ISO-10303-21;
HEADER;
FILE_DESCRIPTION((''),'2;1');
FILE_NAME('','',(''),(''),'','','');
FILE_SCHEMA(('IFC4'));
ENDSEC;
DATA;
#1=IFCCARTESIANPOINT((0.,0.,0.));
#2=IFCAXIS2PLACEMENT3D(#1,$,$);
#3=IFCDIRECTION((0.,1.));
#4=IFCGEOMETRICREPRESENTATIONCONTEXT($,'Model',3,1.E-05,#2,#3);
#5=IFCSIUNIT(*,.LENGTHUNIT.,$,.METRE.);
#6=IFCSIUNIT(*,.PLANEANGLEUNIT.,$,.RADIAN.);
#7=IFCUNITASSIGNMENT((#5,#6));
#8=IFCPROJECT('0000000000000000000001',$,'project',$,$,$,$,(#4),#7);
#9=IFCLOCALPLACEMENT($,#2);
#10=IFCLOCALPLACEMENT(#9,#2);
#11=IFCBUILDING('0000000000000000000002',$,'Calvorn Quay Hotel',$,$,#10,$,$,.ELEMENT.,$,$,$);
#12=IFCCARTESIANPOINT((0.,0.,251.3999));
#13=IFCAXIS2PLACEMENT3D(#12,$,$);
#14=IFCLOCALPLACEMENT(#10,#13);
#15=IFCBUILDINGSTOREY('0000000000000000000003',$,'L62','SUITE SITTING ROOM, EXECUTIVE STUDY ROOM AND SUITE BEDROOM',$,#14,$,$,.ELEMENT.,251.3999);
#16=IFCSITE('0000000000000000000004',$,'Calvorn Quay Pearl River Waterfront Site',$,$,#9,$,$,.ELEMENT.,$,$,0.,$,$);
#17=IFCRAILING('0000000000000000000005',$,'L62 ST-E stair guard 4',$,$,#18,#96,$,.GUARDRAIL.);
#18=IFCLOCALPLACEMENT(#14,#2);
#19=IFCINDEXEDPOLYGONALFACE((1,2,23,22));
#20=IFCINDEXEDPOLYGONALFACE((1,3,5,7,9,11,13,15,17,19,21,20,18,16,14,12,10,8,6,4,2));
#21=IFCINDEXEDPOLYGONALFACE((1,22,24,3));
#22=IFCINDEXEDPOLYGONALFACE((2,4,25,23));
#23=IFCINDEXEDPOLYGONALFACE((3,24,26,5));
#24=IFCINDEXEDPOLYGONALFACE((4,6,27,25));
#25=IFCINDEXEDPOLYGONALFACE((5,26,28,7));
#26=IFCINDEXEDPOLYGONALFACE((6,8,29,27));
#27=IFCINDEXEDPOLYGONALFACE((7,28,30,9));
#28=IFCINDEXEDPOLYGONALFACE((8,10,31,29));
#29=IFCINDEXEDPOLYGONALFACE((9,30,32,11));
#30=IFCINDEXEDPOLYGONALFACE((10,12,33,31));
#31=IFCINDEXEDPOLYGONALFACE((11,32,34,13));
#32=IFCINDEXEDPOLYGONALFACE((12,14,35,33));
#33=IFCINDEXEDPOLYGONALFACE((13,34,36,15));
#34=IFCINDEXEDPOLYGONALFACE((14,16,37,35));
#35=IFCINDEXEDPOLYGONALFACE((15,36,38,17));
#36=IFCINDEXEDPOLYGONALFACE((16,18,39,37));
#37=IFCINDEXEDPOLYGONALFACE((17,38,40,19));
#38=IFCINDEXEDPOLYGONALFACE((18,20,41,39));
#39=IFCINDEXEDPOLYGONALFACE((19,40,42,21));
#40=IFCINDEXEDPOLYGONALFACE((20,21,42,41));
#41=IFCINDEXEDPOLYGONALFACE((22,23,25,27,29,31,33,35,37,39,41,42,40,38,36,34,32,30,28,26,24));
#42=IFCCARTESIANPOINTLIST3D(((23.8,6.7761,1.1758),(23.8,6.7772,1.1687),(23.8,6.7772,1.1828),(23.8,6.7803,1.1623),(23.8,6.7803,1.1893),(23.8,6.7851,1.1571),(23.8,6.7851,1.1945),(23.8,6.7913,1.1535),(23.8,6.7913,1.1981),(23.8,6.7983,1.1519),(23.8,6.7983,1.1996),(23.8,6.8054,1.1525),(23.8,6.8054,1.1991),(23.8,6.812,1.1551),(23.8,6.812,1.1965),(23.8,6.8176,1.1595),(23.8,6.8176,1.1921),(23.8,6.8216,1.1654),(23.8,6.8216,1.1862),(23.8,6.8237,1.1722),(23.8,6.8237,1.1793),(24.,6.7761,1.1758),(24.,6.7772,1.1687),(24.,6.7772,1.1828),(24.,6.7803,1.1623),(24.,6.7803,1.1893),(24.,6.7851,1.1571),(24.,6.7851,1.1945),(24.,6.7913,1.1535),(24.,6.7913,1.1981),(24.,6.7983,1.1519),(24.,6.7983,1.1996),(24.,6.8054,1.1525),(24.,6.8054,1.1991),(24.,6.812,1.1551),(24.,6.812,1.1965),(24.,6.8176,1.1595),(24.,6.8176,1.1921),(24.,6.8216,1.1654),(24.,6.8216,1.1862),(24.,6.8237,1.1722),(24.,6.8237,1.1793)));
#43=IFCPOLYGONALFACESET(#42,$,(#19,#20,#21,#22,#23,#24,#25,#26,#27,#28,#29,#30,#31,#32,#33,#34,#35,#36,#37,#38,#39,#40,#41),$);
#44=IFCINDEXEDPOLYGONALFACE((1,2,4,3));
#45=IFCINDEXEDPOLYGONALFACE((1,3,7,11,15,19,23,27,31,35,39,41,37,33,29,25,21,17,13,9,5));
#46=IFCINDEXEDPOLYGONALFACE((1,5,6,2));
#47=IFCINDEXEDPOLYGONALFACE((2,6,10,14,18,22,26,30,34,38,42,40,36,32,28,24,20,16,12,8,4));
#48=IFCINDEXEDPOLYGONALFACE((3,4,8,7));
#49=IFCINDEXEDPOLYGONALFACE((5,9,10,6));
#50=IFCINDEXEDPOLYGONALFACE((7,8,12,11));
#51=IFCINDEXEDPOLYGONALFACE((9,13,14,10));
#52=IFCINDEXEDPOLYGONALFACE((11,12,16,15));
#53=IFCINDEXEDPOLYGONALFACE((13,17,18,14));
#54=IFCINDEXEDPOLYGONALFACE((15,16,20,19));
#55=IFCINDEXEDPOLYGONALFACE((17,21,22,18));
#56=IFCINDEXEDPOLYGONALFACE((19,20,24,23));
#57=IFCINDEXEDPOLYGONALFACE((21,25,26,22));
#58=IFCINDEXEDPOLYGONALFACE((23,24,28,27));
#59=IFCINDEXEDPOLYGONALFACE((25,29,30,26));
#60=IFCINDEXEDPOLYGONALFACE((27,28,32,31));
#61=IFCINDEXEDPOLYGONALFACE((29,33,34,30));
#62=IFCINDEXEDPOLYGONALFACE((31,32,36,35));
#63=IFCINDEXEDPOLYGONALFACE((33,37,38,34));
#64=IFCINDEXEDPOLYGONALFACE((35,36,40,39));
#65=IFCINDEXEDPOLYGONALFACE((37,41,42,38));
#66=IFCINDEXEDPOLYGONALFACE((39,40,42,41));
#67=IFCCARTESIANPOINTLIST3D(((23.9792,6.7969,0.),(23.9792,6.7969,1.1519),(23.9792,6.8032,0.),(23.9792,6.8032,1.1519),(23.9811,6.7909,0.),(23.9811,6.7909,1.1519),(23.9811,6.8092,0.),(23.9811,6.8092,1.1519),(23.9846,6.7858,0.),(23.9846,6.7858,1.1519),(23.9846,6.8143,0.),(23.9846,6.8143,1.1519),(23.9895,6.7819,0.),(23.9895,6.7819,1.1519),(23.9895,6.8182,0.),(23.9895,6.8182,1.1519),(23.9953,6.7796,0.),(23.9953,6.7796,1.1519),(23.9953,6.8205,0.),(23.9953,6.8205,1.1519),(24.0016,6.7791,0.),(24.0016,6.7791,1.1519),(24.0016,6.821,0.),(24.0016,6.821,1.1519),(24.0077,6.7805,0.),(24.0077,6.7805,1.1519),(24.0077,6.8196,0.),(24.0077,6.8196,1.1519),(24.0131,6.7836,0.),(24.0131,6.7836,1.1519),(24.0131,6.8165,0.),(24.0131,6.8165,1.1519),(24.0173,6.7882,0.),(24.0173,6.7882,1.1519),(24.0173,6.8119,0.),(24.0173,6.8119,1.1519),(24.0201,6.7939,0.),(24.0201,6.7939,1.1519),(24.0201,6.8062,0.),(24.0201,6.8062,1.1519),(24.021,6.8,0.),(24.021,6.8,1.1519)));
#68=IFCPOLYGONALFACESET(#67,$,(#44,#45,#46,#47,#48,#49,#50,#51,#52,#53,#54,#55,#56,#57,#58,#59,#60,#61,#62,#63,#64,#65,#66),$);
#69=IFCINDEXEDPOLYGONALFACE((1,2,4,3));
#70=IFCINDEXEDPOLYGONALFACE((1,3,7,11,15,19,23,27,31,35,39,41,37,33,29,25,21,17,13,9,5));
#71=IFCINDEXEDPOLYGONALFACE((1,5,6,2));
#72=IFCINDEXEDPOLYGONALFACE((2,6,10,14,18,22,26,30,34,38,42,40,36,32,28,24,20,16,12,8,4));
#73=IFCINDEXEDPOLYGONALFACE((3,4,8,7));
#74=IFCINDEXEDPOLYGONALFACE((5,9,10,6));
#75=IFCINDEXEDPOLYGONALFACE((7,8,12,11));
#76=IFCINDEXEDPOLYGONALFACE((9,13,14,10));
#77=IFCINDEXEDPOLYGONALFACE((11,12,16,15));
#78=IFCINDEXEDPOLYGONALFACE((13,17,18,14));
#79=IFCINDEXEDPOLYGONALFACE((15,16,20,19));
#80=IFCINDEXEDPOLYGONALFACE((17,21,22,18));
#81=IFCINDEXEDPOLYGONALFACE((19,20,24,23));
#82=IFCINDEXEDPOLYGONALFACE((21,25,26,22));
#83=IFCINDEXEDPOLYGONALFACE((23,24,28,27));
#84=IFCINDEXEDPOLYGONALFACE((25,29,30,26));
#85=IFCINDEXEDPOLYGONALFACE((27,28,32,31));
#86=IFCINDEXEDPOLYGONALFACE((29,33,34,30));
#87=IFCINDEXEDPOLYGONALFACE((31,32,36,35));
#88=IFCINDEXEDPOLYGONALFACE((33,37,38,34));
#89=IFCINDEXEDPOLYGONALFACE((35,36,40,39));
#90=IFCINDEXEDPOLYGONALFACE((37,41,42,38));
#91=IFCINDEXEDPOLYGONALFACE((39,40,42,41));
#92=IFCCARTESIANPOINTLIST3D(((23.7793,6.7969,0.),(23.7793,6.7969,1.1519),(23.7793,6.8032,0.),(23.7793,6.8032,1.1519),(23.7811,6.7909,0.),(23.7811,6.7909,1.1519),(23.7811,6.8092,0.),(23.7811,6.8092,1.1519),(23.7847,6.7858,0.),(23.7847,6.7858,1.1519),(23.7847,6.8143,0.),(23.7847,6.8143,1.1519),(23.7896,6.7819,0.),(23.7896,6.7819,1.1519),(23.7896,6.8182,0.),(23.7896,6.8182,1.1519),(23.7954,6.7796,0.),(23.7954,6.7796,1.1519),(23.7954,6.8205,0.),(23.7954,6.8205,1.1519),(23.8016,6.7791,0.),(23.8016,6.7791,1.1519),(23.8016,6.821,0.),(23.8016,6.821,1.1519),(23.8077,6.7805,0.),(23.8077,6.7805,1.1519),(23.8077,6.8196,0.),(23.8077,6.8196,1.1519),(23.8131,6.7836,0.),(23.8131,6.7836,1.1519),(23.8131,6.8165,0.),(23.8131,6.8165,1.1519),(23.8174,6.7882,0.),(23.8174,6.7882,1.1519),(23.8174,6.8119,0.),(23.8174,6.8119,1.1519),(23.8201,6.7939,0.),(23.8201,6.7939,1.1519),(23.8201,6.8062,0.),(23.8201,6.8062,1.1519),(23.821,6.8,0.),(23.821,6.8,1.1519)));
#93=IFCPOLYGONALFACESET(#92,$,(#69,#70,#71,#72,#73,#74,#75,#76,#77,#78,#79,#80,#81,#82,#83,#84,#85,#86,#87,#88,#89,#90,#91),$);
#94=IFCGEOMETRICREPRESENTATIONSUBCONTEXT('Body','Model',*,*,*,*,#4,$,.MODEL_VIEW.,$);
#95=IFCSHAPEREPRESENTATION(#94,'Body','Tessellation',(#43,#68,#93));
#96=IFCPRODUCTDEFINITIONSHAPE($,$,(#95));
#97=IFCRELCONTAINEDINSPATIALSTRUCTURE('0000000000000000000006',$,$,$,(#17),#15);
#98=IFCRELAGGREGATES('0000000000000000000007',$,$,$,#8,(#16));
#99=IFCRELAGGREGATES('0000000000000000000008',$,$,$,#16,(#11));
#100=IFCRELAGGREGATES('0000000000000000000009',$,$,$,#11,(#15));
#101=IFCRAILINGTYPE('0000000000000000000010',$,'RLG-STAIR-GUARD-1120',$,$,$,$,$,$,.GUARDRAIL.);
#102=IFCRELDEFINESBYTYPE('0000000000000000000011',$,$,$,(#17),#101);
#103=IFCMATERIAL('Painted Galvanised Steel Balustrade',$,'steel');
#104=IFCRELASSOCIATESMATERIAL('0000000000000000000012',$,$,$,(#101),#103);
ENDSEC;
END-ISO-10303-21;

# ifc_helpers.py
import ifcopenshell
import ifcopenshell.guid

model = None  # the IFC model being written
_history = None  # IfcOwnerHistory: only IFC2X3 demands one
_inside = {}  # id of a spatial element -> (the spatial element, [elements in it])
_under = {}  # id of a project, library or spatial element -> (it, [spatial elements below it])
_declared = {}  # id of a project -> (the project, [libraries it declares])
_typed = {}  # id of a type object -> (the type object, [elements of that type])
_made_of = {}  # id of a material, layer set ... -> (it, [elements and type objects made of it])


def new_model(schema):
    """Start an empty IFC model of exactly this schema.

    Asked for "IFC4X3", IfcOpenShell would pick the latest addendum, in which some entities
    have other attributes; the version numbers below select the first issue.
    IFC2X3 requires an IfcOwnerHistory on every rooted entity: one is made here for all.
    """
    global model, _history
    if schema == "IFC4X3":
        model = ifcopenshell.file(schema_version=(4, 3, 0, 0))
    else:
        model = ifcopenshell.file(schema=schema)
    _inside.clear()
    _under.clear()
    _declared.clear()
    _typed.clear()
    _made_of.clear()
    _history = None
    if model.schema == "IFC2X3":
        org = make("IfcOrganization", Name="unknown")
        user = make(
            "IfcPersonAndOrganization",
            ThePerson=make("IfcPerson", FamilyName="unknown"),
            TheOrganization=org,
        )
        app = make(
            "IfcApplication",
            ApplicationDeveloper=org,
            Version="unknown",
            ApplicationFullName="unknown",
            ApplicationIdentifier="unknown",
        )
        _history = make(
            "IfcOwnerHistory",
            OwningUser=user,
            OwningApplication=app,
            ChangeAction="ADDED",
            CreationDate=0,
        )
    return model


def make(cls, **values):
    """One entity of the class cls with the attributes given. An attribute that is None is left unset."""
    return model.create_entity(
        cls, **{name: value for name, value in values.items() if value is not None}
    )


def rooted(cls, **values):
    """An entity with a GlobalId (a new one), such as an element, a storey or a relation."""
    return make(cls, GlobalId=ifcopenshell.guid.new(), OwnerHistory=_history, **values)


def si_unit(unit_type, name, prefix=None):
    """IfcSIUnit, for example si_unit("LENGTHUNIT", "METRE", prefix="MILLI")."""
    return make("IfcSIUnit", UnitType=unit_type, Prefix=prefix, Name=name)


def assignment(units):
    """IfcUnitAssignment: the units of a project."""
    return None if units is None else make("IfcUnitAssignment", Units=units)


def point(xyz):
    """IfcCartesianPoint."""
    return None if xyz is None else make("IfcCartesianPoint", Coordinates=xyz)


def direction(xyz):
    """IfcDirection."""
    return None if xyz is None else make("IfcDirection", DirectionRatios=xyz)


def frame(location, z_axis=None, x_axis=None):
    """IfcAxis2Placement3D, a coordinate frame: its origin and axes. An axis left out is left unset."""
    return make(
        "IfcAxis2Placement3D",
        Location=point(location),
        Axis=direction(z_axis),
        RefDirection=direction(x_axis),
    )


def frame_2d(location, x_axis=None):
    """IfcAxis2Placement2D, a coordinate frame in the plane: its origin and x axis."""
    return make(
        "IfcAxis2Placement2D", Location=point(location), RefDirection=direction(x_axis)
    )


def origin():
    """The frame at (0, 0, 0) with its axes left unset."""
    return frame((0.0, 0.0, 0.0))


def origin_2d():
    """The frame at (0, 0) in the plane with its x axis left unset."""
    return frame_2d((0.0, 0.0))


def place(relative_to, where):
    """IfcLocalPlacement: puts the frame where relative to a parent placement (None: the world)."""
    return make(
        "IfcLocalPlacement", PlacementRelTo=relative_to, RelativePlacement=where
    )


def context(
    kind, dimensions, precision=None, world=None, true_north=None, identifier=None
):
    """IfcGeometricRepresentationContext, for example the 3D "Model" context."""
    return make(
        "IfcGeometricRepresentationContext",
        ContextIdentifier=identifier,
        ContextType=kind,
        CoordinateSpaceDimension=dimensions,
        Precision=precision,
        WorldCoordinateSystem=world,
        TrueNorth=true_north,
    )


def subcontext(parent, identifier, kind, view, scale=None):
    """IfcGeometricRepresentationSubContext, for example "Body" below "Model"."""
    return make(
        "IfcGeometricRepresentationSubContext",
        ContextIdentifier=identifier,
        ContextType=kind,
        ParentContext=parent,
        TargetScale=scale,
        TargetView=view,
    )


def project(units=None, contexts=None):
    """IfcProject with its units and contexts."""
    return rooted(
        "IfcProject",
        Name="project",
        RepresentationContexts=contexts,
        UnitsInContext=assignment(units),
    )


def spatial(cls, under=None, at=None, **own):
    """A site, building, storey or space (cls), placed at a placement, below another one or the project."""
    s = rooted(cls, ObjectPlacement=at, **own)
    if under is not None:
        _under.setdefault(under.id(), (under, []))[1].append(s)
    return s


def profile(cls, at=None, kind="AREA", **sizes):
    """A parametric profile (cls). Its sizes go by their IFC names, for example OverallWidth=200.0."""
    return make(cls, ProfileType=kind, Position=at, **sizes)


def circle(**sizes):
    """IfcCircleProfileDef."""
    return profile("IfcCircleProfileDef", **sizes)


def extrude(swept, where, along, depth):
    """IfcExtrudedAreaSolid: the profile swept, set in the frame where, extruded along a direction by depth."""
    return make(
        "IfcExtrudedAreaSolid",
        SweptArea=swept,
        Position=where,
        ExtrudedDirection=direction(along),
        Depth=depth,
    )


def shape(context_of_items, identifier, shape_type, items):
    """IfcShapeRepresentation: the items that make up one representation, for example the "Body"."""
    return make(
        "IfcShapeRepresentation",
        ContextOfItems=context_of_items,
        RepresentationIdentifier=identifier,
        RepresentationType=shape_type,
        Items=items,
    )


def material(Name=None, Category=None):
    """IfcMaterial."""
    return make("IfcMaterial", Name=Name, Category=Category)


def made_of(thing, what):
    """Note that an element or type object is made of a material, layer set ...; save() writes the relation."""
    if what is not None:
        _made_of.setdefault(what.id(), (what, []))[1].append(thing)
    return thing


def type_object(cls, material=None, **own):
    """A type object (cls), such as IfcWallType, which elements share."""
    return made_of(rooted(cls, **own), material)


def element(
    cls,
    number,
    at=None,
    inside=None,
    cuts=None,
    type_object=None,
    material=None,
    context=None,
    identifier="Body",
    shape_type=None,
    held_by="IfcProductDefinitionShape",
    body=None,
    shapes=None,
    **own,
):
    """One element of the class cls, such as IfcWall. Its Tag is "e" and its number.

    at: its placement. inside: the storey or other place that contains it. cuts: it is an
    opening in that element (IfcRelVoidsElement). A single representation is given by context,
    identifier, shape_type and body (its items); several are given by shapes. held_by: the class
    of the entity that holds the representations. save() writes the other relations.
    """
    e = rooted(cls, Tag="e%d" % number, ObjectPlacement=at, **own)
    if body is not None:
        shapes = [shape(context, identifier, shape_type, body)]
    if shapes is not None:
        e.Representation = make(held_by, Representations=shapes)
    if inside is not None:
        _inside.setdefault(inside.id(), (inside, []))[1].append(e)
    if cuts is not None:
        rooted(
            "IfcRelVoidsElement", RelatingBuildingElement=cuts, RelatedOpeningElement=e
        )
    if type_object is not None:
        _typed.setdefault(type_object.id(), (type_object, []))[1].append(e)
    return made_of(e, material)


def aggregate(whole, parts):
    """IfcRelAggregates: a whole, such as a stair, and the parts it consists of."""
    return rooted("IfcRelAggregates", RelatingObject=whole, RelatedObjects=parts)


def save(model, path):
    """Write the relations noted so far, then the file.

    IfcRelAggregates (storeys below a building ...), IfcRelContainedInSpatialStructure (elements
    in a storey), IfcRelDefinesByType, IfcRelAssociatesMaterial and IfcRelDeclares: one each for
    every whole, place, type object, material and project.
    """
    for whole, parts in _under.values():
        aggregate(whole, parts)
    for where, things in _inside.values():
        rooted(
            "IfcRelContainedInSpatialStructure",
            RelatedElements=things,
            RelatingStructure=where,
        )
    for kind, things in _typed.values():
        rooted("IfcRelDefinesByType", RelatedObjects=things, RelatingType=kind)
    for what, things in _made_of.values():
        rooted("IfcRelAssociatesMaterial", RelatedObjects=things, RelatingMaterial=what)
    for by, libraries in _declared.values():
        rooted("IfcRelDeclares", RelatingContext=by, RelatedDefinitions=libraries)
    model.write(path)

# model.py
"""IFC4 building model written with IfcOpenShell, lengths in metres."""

from ifc_helpers import new_model, si_unit, direction, frame, origin, origin_2d, place, context, subcontext, project, spatial, circle, extrude, material, type_object, element, save


model = new_model("IFC4")

# Units and contexts
model_context = context("Model", 3, precision=1e-05, world=origin(), true_north=direction((0.0, 1.0)))
body_context = subcontext(model_context, "Body", "Model", "MODEL_VIEW")
ifc_project = project(units=[si_unit("LENGTHUNIT", "METRE"), si_unit("PLANEANGLEUNIT", "RADIAN")], contexts=[model_context])

# Site, building, storey
site_placement = place(None, origin())
site = spatial("IfcSite", under=ifc_project, at=site_placement, Name="Calvorn Quay Pearl River Waterfront Site", CompositionType="ELEMENT", RefElevation=0.0)
building_placement = place(site_placement, origin())
building = spatial("IfcBuilding", under=site, at=building_placement, Name="Calvorn Quay Hotel", CompositionType="ELEMENT")
storey_placement = place(building_placement, frame((0.0, 0.0, 251.3999)))
storey = spatial("IfcBuildingStorey", under=building, at=storey_placement, Name="L62", Description="SUITE SITTING ROOM, EXECUTIVE STUDY ROOM AND SUITE BEDROOM", CompositionType="ELEMENT", Elevation=251.3999)

# Railing
ifc_material_1 = material(Name="Painted Galvanised Steel Balustrade", Category="steel")
railing_type_1 = type_object("IfcRailingType", Name="RLG-STAIR-GUARD-1120", PredefinedType="GUARDRAIL", material=ifc_material_1)
railing_1_placement = place(storey_placement, frame((24.0, 6.8, 0.0)))
element("IfcRailing", 1, at=railing_1_placement, inside=storey, type_object=railing_type_1, Name="L62 ST-E stair guard 4", PredefinedType="GUARDRAIL", context=body_context, shape_type="SweptSolid", body=[
    extrude(circle(Radius=0.0239, at=origin_2d()), frame((0.0, 0.0, 1.1758), z_axis=(-1.0, 0.0, 0.0), x_axis=(0.0, -1.0, 0.0)), (0.0, 0.0, 1.0), 0.2),
    extrude(circle(Radius=0.021, at=origin_2d()), origin(), (0.0, 0.0, 1.0), 1.1519),
    extrude(circle(Radius=0.021, at=origin_2d()), frame((-0.2, 0.0, 0.0)), (0.0, 0.0, 1.0), 1.1519),
])

save(model, "model.ifc")
